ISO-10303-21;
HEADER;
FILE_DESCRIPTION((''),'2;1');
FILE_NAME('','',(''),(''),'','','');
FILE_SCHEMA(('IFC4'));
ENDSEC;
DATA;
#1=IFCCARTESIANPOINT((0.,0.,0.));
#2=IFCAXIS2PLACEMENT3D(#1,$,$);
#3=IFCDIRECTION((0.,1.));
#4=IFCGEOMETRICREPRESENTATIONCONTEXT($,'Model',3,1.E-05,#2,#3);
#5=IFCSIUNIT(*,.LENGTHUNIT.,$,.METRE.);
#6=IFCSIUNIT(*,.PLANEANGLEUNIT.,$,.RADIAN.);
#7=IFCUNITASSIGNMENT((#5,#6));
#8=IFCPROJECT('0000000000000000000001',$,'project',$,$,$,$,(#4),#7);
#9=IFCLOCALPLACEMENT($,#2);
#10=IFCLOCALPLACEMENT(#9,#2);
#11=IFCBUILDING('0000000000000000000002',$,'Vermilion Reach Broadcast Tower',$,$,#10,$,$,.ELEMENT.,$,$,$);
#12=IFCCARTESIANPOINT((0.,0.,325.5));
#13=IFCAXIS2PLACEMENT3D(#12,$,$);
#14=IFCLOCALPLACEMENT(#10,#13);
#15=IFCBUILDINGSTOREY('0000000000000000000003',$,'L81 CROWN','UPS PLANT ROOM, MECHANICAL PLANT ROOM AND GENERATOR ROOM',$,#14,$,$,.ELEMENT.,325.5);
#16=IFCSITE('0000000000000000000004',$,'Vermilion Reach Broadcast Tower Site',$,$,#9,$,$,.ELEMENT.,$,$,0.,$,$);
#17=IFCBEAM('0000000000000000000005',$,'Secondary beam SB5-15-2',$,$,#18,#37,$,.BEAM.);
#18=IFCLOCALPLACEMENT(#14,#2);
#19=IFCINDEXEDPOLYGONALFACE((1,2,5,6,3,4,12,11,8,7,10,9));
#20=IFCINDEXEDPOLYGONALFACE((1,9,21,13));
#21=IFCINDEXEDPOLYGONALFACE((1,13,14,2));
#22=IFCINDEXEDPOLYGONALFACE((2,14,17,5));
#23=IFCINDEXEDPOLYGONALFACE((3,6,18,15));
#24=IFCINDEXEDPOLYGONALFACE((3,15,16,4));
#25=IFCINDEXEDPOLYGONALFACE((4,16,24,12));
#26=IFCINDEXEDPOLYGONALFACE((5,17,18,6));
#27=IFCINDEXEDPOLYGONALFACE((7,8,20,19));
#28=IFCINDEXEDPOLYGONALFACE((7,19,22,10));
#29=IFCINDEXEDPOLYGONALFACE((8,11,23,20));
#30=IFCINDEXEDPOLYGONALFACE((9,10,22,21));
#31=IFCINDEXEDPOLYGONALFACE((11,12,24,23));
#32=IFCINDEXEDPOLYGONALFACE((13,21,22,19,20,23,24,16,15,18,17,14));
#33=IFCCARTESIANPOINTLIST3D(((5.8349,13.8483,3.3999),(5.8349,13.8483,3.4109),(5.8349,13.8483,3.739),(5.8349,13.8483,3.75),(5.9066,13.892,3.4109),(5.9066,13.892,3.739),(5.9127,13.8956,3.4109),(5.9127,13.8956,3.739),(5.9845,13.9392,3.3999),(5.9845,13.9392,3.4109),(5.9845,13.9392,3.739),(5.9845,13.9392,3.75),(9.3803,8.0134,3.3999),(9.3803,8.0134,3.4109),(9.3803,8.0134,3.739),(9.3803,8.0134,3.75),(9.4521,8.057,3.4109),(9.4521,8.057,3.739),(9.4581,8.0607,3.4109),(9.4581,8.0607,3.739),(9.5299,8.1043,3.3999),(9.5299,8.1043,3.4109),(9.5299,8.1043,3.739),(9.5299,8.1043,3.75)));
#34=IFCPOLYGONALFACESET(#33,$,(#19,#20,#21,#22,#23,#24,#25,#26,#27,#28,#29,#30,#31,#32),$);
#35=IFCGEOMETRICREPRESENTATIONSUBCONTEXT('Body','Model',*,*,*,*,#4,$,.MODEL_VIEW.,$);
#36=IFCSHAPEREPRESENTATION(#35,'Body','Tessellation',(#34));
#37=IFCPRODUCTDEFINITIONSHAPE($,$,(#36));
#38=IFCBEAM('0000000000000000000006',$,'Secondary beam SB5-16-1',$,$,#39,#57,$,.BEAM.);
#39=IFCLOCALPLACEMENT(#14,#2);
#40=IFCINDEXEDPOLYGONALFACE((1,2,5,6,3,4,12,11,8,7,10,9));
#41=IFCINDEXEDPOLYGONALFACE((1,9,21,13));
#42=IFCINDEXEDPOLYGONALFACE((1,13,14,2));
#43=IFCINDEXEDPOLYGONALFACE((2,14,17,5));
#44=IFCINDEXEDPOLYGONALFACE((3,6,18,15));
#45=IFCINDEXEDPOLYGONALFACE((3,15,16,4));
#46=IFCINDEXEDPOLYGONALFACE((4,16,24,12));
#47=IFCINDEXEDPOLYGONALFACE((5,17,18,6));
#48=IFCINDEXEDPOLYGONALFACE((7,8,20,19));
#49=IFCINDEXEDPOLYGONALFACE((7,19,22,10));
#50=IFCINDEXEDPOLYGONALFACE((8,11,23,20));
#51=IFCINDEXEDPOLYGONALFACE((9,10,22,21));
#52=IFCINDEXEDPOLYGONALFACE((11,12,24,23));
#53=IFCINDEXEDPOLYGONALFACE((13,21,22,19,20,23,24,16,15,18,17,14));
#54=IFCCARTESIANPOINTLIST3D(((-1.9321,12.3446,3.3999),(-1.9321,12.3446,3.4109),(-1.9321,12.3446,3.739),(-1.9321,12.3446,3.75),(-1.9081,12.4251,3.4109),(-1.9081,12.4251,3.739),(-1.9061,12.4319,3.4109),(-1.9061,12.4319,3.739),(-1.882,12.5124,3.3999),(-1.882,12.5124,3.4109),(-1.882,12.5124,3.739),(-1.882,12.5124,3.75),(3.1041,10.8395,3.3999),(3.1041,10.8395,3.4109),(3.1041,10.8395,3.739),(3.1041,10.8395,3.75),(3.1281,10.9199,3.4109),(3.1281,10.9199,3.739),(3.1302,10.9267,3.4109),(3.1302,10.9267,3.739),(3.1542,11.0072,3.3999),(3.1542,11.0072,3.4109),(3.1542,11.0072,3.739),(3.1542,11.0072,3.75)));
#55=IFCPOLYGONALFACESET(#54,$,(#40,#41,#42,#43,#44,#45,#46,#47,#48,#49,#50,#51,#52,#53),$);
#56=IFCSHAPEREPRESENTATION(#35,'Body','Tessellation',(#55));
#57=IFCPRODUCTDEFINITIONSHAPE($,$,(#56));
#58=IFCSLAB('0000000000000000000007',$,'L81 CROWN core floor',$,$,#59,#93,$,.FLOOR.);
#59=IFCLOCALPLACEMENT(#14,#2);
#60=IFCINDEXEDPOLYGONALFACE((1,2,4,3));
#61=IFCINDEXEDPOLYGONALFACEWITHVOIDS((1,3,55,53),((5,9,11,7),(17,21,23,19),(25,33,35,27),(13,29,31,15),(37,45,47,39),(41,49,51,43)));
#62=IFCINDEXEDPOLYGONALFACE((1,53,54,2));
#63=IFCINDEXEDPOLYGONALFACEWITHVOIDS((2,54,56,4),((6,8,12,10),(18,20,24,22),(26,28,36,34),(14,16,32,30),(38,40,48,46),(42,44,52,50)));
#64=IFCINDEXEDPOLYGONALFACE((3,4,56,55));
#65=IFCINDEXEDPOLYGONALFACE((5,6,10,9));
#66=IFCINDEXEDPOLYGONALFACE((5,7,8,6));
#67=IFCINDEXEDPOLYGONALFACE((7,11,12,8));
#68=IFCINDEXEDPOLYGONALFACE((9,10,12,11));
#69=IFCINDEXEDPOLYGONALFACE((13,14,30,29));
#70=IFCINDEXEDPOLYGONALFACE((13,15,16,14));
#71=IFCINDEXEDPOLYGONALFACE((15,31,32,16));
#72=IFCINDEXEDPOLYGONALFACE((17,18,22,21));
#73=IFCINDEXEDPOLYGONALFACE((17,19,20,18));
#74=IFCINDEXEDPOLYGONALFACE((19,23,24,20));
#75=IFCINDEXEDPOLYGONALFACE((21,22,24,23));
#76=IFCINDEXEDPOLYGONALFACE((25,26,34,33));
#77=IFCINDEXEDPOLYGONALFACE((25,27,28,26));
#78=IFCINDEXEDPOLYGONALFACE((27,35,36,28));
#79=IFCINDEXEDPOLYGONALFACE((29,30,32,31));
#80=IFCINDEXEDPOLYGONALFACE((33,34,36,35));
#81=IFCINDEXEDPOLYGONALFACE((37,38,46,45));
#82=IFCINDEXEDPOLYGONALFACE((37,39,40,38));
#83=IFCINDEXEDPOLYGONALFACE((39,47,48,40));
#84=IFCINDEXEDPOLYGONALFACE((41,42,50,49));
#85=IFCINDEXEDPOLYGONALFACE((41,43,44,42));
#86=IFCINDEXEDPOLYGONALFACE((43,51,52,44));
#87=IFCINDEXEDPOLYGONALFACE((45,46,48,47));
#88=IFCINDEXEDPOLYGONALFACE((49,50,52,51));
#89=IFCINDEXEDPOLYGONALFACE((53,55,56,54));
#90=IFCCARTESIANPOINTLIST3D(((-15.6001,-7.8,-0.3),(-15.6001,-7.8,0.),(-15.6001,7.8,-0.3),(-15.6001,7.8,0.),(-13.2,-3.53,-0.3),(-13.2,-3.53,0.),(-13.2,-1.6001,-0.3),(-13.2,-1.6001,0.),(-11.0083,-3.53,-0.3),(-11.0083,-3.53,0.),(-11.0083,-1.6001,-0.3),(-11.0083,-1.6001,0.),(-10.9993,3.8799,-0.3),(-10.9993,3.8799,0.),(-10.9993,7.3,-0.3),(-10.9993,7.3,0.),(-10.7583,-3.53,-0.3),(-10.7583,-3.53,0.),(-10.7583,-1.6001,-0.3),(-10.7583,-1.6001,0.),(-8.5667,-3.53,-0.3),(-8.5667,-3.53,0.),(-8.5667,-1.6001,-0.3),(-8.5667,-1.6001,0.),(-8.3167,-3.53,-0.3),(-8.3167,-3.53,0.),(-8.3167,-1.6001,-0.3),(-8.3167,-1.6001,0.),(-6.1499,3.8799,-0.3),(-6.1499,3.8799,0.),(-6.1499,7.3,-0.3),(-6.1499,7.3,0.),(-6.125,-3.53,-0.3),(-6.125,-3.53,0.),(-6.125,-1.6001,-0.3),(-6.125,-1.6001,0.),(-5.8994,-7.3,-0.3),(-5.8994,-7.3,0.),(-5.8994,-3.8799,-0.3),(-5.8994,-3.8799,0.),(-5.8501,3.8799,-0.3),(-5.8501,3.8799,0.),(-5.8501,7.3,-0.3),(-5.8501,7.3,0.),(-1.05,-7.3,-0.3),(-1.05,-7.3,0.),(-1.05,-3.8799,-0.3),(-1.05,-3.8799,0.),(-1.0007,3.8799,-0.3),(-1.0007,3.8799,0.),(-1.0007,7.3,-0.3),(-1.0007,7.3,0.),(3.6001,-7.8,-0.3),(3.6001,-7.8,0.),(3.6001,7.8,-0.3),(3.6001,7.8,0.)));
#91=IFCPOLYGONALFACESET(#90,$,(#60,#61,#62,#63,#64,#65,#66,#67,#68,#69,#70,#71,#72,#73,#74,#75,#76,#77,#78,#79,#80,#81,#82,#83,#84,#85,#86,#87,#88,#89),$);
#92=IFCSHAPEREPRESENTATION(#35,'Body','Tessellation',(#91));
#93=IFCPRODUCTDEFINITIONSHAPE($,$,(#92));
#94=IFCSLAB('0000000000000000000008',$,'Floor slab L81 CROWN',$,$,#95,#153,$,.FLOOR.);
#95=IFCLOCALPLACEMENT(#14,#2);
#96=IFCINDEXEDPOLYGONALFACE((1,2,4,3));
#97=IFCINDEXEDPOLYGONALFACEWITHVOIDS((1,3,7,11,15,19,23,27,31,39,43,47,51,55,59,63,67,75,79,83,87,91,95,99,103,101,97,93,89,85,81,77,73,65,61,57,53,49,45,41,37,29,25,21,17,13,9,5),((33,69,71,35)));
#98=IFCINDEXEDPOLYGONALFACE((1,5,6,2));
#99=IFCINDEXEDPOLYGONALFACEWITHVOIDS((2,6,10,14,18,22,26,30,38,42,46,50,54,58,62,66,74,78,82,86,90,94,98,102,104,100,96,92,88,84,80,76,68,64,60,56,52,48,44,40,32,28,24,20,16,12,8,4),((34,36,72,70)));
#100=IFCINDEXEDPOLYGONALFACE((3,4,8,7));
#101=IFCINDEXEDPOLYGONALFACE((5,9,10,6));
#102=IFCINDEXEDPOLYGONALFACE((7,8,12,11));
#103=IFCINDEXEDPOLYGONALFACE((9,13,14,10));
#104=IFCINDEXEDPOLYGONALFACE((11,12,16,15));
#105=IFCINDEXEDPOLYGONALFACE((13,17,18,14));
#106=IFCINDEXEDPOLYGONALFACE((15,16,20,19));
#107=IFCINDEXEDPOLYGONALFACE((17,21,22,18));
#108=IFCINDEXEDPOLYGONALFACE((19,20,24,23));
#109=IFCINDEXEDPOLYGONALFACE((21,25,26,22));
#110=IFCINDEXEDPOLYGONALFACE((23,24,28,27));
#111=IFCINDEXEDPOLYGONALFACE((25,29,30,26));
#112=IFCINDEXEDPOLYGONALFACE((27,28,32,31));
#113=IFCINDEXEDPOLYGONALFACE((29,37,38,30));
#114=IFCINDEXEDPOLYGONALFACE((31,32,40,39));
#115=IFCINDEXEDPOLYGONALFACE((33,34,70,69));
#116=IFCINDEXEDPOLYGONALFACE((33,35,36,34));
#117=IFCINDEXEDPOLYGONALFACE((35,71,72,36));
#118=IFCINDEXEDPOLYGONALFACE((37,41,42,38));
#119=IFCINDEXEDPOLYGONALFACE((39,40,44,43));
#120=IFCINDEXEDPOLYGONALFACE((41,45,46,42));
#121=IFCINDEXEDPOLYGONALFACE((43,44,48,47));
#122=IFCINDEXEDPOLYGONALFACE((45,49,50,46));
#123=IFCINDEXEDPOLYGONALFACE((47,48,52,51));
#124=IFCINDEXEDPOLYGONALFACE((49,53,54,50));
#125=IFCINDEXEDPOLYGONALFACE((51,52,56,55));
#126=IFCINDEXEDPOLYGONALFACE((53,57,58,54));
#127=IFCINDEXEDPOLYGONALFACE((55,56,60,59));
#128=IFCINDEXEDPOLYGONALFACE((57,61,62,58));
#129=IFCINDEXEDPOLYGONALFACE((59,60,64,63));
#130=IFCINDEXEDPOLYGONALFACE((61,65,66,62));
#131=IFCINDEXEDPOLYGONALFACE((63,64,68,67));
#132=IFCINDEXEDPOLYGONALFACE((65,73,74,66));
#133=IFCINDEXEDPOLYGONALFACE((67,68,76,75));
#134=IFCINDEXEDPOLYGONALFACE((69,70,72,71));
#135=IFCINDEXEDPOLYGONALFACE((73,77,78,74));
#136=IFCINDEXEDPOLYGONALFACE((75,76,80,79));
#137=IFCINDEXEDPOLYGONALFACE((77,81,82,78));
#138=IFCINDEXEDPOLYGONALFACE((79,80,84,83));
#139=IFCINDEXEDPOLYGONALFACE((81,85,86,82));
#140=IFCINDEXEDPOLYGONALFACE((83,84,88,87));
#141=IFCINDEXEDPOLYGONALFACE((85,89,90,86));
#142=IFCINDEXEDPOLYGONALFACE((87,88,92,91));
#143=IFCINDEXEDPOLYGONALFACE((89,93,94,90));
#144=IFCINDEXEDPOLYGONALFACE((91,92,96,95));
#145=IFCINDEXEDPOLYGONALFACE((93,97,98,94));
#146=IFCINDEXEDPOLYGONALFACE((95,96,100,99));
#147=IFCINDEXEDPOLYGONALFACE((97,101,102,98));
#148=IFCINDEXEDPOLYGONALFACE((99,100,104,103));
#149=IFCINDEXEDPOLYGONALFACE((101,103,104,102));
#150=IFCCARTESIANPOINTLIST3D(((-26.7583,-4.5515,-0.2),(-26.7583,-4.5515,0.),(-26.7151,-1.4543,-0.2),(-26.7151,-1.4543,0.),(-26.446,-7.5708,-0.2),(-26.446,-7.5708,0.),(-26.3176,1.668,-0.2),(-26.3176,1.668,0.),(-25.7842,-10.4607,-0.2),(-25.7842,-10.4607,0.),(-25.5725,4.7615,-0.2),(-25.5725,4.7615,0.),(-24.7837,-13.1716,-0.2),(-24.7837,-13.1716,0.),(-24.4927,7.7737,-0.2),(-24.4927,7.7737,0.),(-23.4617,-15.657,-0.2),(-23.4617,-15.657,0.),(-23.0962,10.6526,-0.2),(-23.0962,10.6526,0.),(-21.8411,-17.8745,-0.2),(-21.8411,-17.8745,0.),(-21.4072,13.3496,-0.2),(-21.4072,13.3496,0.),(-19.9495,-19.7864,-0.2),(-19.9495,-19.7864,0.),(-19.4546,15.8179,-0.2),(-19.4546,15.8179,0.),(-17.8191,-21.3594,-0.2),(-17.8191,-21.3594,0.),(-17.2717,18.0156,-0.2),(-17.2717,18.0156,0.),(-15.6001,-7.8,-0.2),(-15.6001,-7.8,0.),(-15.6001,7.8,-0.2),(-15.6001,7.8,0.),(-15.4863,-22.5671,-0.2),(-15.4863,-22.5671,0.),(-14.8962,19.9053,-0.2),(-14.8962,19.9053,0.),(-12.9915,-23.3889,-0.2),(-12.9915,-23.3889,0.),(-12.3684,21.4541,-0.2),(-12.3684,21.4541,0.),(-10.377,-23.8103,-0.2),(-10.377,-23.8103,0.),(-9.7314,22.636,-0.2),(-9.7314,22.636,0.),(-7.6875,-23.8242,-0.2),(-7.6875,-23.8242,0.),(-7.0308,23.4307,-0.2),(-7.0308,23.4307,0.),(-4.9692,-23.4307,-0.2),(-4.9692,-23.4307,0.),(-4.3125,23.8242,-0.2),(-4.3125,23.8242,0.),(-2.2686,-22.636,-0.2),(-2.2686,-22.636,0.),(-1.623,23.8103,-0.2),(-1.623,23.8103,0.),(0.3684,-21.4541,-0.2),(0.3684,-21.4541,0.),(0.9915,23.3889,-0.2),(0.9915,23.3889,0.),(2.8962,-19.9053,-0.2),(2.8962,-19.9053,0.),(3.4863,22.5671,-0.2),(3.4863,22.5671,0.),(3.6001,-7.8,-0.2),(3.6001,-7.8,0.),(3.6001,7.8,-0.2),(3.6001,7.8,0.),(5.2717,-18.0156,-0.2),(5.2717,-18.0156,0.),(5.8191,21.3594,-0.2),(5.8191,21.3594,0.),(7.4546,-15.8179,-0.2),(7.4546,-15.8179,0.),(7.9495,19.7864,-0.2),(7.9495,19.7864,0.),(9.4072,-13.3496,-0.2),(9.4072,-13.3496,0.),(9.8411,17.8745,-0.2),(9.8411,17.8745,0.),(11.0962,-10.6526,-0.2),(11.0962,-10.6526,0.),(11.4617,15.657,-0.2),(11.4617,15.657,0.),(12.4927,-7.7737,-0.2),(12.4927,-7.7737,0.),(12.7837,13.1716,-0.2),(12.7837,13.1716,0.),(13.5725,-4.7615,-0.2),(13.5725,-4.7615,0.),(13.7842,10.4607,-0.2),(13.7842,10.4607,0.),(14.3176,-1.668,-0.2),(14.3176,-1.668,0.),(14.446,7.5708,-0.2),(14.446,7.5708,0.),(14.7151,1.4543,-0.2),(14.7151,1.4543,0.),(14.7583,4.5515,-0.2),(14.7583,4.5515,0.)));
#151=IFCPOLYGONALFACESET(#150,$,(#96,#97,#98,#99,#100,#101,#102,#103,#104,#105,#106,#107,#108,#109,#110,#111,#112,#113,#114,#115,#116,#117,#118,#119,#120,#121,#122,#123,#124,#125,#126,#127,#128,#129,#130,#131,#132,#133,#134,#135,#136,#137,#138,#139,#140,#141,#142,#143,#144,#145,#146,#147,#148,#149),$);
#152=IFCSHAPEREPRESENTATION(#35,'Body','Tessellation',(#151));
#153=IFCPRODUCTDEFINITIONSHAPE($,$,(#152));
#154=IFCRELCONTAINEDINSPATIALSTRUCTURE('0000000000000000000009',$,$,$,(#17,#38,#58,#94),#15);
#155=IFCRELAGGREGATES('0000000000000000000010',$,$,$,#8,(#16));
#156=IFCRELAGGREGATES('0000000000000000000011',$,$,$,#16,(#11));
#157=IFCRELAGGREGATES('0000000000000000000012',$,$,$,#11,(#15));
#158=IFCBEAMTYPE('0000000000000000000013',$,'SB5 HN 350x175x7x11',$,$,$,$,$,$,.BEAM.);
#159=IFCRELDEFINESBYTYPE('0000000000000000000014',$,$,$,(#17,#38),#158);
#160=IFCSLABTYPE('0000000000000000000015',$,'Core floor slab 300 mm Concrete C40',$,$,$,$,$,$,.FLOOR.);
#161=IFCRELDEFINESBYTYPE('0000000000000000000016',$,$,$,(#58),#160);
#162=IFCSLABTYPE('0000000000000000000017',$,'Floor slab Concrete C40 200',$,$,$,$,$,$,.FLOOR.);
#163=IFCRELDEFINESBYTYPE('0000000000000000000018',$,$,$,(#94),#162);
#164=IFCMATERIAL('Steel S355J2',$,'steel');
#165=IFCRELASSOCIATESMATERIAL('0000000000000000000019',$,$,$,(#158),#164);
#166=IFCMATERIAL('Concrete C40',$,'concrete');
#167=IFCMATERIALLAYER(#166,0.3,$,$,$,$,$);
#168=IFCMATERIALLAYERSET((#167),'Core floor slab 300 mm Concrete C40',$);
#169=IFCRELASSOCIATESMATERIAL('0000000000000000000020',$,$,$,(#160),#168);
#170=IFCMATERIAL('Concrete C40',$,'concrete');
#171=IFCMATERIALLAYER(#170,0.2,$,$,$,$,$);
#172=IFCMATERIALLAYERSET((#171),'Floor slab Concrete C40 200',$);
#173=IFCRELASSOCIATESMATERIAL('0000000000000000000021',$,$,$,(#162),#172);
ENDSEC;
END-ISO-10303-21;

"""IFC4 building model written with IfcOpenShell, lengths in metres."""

from ifc_helpers import new_model, si_unit, direction, frame, origin, origin_2d, place, context, subcontext, project, spatial, polyline, i_section, outline, extrude, material, layer, layer_set, material_profile, profile_set, type_object, element, save


model = new_model("IFC4")

# Units and contexts
model_context = context("Model", 3, precision=1e-05, world=origin(), true_north=direction((0.0, 1.0)))
body_context = subcontext(model_context, "Body", "Model", "MODEL_VIEW")
ifc_project = project(units=[si_unit("LENGTHUNIT", "METRE"), si_unit("PLANEANGLEUNIT", "RADIAN")], contexts=[model_context])

# Site, building, storey
site_placement = place(None, origin())
site = spatial("IfcSite", under=ifc_project, at=site_placement, Name="Vermilion Reach Broadcast Tower Site", CompositionType="ELEMENT", RefElevation=0.0)
building_placement = place(site_placement, origin())
building = spatial("IfcBuilding", under=site, at=building_placement, Name="Vermilion Reach Broadcast Tower", CompositionType="ELEMENT")
storey_placement = place(building_placement, frame((0.0, 0.0, 325.5)))
storey = spatial("IfcBuildingStorey", under=building, at=storey_placement, Name="L81 CROWN", Description="UPS PLANT ROOM, MECHANICAL PLANT ROOM AND GENERATOR ROOM", CompositionType="ELEMENT", Elevation=325.5)

# Beams
ifc_material_1 = material(Name="Steel S355J2", Category="steel")
ifc_material_profile_1 = material_profile(ifc_material_1, i_section(OverallWidth=0.175, OverallDepth=0.3501, WebThickness=0.0071, FlangeThickness=0.011, at=origin_2d()), Name="S355J2 HN 350x175x7x11")
ifc_profile_set_1 = profile_set([ifc_material_profile_1], Name="Steel S355J2")
beam_type_1 = type_object("IfcBeamType", Name="SB5 HN 350x175x7x11", PredefinedType="BEAM", material=ifc_profile_set_1)
beam_1_placement = place(storey_placement, frame((9.4551, 8.0588, 3.575), z_axis=(-0.519273, 0.854608, 0.0), x_axis=(-0.854608, -0.519273, 0.0)))
element("IfcBeam", 1, at=beam_1_placement, inside=storey, type_object=beam_type_1, Name="Secondary beam SB5-15-2", PredefinedType="BEAM", context=body_context, shape_type="SweptSolid", body=[
    extrude(i_section(OverallWidth=0.175, OverallDepth=0.3501, WebThickness=0.0071, FlangeThickness=0.011, at=origin_2d()), origin(), (0.0, 0.0, 1.0), 6.8276),
])
beam_2_placement = place(storey_placement, frame((3.1292, 10.9233, 3.575), z_axis=(-0.958125, 0.286351, 0.0), x_axis=(-0.286351, -0.958125, 0.0)))
element("IfcBeam", 2, at=beam_2_placement, inside=storey, type_object=beam_type_1, Name="Secondary beam SB5-16-1", PredefinedType="BEAM", context=body_context, shape_type="SweptSolid", body=[
    extrude(i_section(OverallWidth=0.175, OverallDepth=0.3501, WebThickness=0.0071, FlangeThickness=0.011, at=origin_2d()), origin(), (0.0, 0.0, 1.0), 5.2563),
])

# Slabs
ifc_material_2 = material(Name="Concrete C40", Category="concrete")
ifc_layer_1 = layer(ifc_material_2, 0.3)
ifc_layer_set_1 = layer_set([ifc_layer_1], Name="Core floor slab 300 mm Concrete C40")
slab_type_1 = type_object("IfcSlabType", Name="Core floor slab 300 mm Concrete C40", PredefinedType="FLOOR", material=ifc_layer_set_1)
slab_1_placement = place(storey_placement, frame((0.0, 0.0, -0.3)))
element("IfcSlab", 3, at=slab_1_placement, inside=storey, type_object=slab_type_1, Name="L81 CROWN core floor", PredefinedType="FLOOR", context=body_context, shape_type="SweptSolid", body=[
    extrude(outline(polyline([(-15.6001, -7.8), (3.6001, -7.8), (3.6001, 7.8), (-15.6001, 7.8), (-15.6001, -7.8)]), holes=[polyline([(-13.2, -3.53), (-11.0083, -3.53), (-11.0083, -1.6001), (-13.2, -1.6001), (-13.2, -3.53)]), polyline([(-10.7583, -3.53), (-8.5667, -3.53), (-8.5667, -1.6001), (-10.7583, -1.6001), (-10.7583, -3.53)]), polyline([(-8.3167, -3.53), (-6.125, -3.53), (-6.125, -1.6001), (-8.3167, -1.6001), (-8.3167, -3.53)]), polyline([(-10.9993, 3.8799), (-6.1499, 3.8799), (-6.1499, 7.3), (-10.9993, 7.3), (-10.9993, 3.8799)]), polyline([(-1.0007, 7.3), (-5.8501, 7.3), (-5.8501, 3.8799), (-1.0007, 3.8799), (-1.0007, 7.3)]), polyline([(-5.8994, -7.3), (-1.05, -7.3), (-1.05, -3.8799), (-5.8994, -3.8799), (-5.8994, -7.3)])]), origin(), (0.0, 0.0, 1.0), 0.3),
])
ifc_material_3 = material(Name="Concrete C40", Category="concrete")
ifc_layer_2 = layer(ifc_material_3, 0.2)
ifc_layer_set_2 = layer_set([ifc_layer_2], Name="Floor slab Concrete C40 200")
slab_type_2 = type_object("IfcSlabType", Name="Floor slab Concrete C40 200", PredefinedType="FLOOR", material=ifc_layer_set_2)
slab_2_placement = place(storey_placement, frame((0.0, 0.0, -0.2)))
element("IfcSlab", 4, at=slab_2_placement, inside=storey, type_object=slab_type_2, Name="Floor slab L81 CROWN", PredefinedType="FLOOR", context=body_context, shape_type="SweptSolid", body=[
    extrude(outline(polyline([(3.4863, 22.5671), (0.9915, 23.3889), (-1.623, 23.8103), (-4.3125, 23.8242), (-7.0308, 23.4307), (-9.7314, 22.636), (-12.3684, 21.4541), (-14.8962, 19.9053), (-17.2717, 18.0156), (-19.4546, 15.8179), (-21.4072, 13.3496), (-23.0962, 10.6526), (-24.4927, 7.7737), (-25.5725, 4.7615), (-26.3176, 1.668), (-26.7151, -1.4543), (-26.7583, -4.5515), (-26.446, -7.5708), (-25.7842, -10.4607), (-24.7837, -13.1716), (-23.4617, -15.657), (-21.8411, -17.8745), (-19.9495, -19.7864), (-17.8191, -21.3594), (-15.4863, -22.5671), (-12.9915, -23.3889), (-10.377, -23.8103), (-7.6875, -23.8242), (-4.9692, -23.4307), (-2.2686, -22.636), (0.3684, -21.4541), (2.8962, -19.9053), (5.2717, -18.0156), (7.4546, -15.8179), (9.4072, -13.3496), (11.0962, -10.6526), (12.4927, -7.7737), (13.5725, -4.7615), (14.3176, -1.668), (14.7151, 1.4543), (14.7583, 4.5515), (14.446, 7.5708), (13.7842, 10.4607), (12.7837, 13.1716), (11.4617, 15.657), (9.8411, 17.8745), (7.9495, 19.7864), (5.8191, 21.3594), (3.4863, 22.5671)]), holes=[polyline([(-15.6001, -7.8), (3.6001, -7.8), (3.6001, 7.8), (-15.6001, 7.8), (-15.6001, -7.8)])]), origin(), (0.0, 0.0, 1.0), 0.2),
])

save(model, "model.ifc")
